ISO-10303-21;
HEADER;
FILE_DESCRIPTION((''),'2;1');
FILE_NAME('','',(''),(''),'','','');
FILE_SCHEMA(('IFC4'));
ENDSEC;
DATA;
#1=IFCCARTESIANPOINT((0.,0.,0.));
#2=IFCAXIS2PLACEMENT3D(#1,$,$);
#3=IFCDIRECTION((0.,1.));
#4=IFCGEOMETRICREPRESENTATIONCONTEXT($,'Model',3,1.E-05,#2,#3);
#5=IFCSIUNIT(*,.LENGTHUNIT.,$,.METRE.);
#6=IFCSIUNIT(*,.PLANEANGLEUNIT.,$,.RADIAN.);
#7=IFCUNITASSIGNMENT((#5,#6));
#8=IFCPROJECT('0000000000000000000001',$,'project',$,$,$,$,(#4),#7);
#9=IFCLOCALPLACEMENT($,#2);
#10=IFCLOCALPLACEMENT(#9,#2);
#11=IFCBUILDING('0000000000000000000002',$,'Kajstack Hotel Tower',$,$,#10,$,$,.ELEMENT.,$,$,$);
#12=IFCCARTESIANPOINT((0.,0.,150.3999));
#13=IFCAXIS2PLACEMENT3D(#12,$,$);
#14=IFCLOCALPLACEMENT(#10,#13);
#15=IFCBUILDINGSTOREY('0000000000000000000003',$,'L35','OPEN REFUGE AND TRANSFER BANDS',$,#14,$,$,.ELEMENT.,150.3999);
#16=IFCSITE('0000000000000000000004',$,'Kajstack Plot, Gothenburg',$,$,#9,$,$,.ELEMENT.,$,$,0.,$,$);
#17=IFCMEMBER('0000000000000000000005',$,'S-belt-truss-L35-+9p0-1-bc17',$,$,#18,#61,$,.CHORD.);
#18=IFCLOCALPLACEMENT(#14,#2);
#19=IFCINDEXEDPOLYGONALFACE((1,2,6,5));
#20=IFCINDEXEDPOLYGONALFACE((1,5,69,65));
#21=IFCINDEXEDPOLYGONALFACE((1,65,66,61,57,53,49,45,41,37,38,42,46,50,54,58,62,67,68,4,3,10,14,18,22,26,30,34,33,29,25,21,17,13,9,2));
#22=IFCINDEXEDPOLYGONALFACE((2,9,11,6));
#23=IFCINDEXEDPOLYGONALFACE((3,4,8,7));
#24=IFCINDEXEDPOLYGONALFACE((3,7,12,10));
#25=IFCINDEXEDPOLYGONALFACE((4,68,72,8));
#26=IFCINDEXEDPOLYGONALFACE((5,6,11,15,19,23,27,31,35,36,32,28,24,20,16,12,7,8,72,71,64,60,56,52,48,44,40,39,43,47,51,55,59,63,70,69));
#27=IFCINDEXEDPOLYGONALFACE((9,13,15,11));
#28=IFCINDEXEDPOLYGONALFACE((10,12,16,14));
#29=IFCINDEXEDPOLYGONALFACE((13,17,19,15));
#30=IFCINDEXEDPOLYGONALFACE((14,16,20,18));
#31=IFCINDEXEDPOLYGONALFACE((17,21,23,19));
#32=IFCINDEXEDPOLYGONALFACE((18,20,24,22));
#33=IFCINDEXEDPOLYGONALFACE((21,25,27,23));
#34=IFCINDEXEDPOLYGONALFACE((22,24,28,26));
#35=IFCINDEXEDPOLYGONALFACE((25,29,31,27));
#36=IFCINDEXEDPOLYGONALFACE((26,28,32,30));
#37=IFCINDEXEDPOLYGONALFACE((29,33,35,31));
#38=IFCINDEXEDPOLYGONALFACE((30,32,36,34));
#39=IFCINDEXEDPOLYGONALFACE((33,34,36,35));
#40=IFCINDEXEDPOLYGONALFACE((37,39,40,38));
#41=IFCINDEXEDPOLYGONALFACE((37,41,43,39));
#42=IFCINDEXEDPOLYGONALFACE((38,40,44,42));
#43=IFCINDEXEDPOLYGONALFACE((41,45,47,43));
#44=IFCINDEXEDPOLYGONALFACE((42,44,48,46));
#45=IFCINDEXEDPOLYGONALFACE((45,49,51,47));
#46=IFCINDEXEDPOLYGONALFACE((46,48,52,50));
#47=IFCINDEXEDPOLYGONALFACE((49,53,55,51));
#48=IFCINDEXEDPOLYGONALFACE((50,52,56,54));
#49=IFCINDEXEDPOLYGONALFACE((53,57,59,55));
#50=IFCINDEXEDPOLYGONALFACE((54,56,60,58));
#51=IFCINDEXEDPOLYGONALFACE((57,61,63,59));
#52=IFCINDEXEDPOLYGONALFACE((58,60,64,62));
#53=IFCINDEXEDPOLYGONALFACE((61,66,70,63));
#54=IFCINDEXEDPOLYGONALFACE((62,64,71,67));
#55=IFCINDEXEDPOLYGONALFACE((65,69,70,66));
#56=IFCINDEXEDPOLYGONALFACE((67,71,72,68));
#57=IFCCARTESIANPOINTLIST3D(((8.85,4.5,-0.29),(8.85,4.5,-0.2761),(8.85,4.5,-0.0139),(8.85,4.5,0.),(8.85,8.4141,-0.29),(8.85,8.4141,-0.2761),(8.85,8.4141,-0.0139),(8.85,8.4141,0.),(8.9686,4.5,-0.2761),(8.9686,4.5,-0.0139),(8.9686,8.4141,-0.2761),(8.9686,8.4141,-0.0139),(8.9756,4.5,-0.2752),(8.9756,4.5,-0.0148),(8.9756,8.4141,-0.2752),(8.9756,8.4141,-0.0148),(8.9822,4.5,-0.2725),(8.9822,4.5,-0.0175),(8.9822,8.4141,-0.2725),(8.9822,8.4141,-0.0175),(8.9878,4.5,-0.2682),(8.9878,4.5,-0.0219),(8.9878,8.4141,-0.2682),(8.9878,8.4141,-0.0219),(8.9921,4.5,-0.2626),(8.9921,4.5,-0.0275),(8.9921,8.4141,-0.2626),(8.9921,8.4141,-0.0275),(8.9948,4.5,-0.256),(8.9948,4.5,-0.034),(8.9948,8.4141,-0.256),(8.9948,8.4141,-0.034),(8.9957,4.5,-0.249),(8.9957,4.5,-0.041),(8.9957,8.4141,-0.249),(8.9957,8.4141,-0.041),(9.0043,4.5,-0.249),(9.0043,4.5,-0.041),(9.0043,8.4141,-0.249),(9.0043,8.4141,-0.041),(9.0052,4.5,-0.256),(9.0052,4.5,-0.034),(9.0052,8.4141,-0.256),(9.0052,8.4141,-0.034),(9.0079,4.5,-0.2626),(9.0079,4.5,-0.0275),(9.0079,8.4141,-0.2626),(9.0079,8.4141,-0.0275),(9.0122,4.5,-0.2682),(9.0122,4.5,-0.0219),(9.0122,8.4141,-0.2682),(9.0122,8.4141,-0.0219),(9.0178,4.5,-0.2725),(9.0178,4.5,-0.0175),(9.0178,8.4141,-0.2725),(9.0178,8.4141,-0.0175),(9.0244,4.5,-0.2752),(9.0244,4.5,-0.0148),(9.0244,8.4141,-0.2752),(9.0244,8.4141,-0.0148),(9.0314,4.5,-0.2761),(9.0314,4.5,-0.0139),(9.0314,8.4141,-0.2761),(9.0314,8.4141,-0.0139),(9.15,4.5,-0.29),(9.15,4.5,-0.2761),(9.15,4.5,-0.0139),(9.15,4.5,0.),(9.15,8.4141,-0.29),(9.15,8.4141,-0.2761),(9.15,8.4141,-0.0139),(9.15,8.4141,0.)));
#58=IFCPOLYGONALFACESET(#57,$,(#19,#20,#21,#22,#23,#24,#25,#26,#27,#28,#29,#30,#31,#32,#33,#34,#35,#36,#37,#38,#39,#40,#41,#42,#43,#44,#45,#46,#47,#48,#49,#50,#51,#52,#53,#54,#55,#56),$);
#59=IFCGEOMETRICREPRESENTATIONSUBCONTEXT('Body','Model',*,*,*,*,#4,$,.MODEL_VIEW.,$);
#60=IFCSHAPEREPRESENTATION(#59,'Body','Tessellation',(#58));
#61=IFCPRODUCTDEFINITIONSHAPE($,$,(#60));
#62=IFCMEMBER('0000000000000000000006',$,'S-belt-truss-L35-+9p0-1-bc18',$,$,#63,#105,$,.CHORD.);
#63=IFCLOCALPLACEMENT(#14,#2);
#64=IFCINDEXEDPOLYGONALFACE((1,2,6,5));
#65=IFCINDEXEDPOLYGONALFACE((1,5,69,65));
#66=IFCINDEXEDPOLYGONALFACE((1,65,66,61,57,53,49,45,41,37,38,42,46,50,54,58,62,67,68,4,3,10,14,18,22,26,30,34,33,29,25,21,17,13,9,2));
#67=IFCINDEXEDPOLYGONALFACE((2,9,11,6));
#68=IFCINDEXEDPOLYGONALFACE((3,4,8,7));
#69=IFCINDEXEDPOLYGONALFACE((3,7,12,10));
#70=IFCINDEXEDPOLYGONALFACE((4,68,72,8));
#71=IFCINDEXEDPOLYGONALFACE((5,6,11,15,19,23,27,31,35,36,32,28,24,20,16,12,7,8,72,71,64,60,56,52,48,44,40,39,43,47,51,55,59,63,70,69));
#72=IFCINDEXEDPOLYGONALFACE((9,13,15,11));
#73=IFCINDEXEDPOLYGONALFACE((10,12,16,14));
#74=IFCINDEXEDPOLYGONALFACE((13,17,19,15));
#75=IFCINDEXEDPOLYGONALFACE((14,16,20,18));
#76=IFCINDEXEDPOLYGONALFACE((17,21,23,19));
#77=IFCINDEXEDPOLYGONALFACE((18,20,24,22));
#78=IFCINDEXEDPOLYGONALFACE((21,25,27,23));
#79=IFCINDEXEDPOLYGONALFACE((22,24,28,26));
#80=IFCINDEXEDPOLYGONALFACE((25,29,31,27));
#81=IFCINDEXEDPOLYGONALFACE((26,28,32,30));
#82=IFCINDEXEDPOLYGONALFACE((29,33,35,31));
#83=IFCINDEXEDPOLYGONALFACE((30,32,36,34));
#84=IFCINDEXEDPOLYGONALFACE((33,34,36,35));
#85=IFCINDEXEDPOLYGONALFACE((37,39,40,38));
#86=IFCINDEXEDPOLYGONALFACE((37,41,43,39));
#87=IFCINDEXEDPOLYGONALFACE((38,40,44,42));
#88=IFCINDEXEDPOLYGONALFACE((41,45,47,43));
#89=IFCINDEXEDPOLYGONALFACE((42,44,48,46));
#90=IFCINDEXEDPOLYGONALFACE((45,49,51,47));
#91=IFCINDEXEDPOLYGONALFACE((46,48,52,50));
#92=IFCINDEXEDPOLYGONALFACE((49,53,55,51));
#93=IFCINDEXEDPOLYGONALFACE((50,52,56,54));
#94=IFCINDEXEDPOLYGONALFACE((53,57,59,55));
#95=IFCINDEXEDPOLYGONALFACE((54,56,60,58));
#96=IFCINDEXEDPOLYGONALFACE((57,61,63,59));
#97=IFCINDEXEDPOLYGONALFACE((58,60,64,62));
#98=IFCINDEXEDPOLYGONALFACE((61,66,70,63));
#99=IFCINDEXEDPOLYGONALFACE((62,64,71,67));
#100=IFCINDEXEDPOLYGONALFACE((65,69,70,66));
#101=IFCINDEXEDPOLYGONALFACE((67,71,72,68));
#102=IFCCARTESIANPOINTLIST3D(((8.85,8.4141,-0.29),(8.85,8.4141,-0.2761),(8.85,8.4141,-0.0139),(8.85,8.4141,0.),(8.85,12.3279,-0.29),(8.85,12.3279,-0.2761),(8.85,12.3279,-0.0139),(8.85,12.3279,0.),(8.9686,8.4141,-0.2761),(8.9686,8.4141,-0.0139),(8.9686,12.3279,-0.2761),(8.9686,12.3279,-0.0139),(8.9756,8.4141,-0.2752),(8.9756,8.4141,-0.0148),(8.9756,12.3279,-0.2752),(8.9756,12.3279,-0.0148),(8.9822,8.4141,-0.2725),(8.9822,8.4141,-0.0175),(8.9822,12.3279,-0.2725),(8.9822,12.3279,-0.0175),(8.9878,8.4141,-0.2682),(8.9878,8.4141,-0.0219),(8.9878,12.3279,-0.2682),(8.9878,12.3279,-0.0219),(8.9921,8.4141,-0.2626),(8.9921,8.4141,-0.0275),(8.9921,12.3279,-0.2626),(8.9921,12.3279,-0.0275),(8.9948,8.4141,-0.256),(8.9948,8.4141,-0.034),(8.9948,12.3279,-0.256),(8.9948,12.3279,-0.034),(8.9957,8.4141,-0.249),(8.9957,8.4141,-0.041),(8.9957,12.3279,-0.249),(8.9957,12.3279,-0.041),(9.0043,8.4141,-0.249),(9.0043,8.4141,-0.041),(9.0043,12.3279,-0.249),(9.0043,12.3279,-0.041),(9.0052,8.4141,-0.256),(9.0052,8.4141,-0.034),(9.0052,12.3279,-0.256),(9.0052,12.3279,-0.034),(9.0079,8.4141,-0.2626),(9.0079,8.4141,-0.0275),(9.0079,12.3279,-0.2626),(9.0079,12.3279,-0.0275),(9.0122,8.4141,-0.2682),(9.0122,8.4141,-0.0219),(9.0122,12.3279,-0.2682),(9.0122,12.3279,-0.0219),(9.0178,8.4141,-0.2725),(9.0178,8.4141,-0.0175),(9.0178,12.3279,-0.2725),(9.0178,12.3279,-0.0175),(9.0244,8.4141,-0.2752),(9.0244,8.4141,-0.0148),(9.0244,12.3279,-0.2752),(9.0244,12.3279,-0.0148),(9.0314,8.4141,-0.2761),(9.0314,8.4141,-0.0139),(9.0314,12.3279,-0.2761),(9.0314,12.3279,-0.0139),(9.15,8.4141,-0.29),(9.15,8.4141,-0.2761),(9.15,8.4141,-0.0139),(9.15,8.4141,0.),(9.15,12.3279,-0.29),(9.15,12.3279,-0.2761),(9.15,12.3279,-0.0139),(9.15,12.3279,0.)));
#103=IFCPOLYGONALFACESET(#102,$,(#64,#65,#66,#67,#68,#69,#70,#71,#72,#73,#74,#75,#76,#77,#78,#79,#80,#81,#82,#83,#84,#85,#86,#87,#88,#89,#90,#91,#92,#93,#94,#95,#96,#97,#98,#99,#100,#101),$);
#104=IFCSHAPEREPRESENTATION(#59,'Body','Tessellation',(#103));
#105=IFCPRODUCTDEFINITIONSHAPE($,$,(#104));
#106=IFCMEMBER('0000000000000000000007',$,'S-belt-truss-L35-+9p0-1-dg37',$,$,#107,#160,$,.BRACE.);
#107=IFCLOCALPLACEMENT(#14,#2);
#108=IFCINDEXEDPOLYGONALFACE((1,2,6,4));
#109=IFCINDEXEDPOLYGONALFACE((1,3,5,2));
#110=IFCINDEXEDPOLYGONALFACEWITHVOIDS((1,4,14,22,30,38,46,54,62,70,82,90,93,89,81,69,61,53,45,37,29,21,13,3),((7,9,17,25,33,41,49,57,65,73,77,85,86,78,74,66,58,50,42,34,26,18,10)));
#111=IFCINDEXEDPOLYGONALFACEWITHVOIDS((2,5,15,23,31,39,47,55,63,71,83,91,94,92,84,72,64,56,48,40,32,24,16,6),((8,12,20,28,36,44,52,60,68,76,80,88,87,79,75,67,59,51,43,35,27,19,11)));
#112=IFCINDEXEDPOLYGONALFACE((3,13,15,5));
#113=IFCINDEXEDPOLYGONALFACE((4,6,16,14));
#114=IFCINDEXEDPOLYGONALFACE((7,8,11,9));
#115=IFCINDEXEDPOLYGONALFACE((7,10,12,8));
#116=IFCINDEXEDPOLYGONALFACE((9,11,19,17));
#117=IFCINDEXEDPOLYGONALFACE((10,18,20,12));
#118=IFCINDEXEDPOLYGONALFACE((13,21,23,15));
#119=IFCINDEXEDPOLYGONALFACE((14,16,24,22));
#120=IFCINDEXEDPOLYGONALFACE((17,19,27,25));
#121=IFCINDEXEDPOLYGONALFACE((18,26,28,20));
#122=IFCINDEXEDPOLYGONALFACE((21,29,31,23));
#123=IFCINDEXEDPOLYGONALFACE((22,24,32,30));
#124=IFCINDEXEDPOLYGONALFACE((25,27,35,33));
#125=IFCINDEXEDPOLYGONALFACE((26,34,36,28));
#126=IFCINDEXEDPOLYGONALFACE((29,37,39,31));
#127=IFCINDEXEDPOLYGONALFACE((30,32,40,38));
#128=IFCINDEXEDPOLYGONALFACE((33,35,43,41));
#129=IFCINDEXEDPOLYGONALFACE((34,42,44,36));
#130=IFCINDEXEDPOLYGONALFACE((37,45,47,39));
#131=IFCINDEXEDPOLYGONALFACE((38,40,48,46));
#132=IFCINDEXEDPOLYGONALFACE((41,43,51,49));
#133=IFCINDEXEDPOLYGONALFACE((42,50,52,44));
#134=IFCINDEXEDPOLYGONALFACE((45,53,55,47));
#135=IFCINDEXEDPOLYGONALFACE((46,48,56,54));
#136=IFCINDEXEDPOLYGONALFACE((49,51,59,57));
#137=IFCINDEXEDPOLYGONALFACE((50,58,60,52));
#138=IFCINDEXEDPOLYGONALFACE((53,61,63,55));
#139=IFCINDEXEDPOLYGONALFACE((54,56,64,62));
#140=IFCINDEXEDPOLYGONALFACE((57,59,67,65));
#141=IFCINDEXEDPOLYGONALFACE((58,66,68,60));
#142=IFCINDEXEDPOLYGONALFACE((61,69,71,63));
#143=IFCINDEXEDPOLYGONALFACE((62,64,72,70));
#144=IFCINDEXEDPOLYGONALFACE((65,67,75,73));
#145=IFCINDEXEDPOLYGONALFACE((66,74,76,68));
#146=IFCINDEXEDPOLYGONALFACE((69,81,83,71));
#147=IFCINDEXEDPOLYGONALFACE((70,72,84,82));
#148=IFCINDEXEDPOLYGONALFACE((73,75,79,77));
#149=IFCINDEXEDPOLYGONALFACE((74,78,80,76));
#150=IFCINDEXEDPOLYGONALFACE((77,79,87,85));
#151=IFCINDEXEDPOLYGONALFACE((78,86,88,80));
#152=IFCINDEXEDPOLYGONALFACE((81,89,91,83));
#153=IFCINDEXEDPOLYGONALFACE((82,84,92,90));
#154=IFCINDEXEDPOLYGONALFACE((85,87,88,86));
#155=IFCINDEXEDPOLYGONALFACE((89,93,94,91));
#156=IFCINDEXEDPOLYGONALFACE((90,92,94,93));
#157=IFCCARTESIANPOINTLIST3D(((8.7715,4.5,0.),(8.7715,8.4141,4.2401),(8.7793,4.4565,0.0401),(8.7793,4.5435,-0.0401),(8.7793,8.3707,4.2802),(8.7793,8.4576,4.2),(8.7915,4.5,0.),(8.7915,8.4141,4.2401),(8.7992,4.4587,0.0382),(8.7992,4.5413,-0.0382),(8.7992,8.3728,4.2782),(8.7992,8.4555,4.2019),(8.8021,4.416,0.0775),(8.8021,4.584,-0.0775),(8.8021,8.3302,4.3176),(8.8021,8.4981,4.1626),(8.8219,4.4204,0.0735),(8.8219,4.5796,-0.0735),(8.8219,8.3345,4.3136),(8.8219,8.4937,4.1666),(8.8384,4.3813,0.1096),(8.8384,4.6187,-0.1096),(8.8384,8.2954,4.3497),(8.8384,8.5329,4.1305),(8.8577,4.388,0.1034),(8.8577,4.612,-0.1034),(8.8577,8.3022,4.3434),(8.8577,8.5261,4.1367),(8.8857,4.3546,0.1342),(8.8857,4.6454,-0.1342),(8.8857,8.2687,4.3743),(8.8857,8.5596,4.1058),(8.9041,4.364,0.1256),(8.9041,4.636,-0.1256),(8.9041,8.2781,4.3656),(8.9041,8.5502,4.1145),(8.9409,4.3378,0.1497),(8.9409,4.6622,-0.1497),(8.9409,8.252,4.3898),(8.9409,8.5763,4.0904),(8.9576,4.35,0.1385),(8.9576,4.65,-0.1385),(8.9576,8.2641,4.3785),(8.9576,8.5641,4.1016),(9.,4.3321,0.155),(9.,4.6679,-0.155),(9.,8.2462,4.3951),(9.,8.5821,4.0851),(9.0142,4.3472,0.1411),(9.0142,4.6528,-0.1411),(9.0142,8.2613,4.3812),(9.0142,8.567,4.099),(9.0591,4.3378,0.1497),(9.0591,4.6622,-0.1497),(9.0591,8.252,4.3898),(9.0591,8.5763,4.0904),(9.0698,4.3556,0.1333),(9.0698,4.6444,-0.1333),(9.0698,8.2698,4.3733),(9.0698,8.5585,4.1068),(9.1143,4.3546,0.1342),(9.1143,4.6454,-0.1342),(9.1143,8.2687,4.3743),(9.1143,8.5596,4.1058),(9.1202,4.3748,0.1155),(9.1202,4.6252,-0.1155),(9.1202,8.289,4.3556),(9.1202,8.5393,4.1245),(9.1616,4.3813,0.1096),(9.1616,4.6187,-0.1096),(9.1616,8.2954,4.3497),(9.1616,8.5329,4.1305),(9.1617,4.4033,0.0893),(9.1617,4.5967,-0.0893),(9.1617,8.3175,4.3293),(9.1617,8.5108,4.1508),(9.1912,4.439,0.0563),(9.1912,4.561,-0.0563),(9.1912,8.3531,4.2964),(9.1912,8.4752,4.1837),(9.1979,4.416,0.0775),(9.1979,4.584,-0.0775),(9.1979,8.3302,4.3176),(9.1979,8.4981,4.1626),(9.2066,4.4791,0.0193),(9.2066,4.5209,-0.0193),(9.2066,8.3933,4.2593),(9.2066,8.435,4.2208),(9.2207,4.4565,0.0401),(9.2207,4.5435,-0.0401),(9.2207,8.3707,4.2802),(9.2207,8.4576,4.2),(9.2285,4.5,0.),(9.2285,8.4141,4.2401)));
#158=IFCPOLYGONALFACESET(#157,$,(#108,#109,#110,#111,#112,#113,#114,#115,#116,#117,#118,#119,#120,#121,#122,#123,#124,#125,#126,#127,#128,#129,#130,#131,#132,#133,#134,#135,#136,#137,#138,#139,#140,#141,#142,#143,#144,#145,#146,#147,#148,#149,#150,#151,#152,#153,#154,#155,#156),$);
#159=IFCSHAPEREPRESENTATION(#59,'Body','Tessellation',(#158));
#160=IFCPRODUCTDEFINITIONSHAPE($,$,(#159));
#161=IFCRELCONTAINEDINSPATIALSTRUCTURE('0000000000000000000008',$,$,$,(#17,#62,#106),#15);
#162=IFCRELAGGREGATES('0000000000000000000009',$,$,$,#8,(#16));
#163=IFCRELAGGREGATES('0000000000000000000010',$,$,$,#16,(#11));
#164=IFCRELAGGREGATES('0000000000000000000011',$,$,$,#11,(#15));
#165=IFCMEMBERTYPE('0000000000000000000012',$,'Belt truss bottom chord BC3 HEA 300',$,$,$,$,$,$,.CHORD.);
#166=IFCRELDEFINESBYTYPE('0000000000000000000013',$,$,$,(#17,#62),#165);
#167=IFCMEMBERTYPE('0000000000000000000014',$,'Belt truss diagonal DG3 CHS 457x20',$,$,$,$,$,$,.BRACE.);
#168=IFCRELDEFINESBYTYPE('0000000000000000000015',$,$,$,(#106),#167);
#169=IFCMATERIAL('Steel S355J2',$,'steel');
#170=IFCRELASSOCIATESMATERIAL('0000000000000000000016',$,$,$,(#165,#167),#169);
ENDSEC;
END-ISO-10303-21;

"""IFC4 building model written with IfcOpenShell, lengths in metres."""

from ifc_helpers import new_model, si_unit, direction, frame, origin, origin_2d, place, context, subcontext, project, spatial, hollow_circle, i_section, extrude, material, material_profile, profile_set, type_object, element, save


model = new_model("IFC4")

# Units and contexts
model_context = context("Model", 3, precision=1e-05, world=origin(), true_north=direction((0.0, 1.0)))
body_context = subcontext(model_context, "Body", "Model", "MODEL_VIEW")
ifc_project = project(units=[si_unit("LENGTHUNIT", "METRE"), si_unit("PLANEANGLEUNIT", "RADIAN")], contexts=[model_context])

# Site, building, storey
site_placement = place(None, origin())
site = spatial("IfcSite", under=ifc_project, at=site_placement, Name="Kajstack Plot, Gothenburg", CompositionType="ELEMENT", RefElevation=0.0)
building_placement = place(site_placement, origin())
building = spatial("IfcBuilding", under=site, at=building_placement, Name="Kajstack Hotel Tower", CompositionType="ELEMENT")
storey_placement = place(building_placement, frame((0.0, 0.0, 150.3999)))
storey = spatial("IfcBuildingStorey", under=building, at=storey_placement, Name="L35", Description="OPEN REFUGE AND TRANSFER BANDS", CompositionType="ELEMENT", Elevation=150.3999)

# Members
ifc_material_1 = material(Name="Steel S355J2", Category="steel")
ifc_material_profile_1 = material_profile(ifc_material_1, i_section(OverallWidth=0.3, OverallDepth=0.29, WebThickness=0.0085, FlangeThickness=0.0139, FilletRadius=0.0271, at=origin_2d()), Name="HEA 300")
ifc_profile_set_1 = profile_set([ifc_material_profile_1], Name="Steel S355J2")
member_type_1 = type_object("IfcMemberType", Name="Belt truss bottom chord BC3 HEA 300", PredefinedType="CHORD", material=ifc_profile_set_1)
member_1_placement = place(storey_placement, frame((9.0, 4.5, -0.145), z_axis=(0.0, 1.0, 0.0), x_axis=(-1.0, 0.0, 0.0)))
element("IfcMember", 1, at=member_1_placement, inside=storey, type_object=member_type_1, Name="S-belt-truss-L35-+9p0-1-bc17", PredefinedType="CHORD", context=body_context, shape_type="SweptSolid", body=[
    extrude(i_section(OverallWidth=0.3, OverallDepth=0.29, WebThickness=0.0085, FlangeThickness=0.0139, FilletRadius=0.0271, at=origin_2d()), origin(), (0.0, 0.0, 1.0), 3.9141),
])
member_2_placement = place(storey_placement, frame((9.0, 8.4141, -0.145), z_axis=(0.0, 1.0, 0.0), x_axis=(-1.0, 0.0, 0.0)))
element("IfcMember", 2, at=member_2_placement, inside=storey, type_object=member_type_1, Name="S-belt-truss-L35-+9p0-1-bc18", PredefinedType="CHORD", context=body_context, shape_type="SweptSolid", body=[
    extrude(i_section(OverallWidth=0.3, OverallDepth=0.29, WebThickness=0.0085, FlangeThickness=0.0139, FilletRadius=0.0271, at=origin_2d()), origin(), (0.0, 0.0, 1.0), 3.9138),
])
ifc_material_profile_2 = material_profile(ifc_material_1, hollow_circle(Radius=0.2285, WallThickness=0.02, at=origin_2d()), Name="CHS 457x20")
ifc_profile_set_2 = profile_set([ifc_material_profile_2], Name="Steel S355J2")
member_type_2 = type_object("IfcMemberType", Name="Belt truss diagonal DG3 CHS 457x20", PredefinedType="BRACE", material=ifc_profile_set_2)
member_3_placement = place(storey_placement, frame((9.0, 4.5, 0.0), z_axis=(0.0, 0.678301, 0.734784), x_axis=(-1.0, 0.0, 0.0)))
element("IfcMember", 3, at=member_3_placement, inside=storey, type_object=member_type_2, Name="S-belt-truss-L35-+9p0-1-dg37", PredefinedType="BRACE", context=body_context, shape_type="SweptSolid", body=[
    extrude(hollow_circle(Radius=0.2285, WallThickness=0.02, at=origin_2d()), origin(), (0.0, 0.0, 1.0), 5.7705),
])

save(model, "model.ifc")
